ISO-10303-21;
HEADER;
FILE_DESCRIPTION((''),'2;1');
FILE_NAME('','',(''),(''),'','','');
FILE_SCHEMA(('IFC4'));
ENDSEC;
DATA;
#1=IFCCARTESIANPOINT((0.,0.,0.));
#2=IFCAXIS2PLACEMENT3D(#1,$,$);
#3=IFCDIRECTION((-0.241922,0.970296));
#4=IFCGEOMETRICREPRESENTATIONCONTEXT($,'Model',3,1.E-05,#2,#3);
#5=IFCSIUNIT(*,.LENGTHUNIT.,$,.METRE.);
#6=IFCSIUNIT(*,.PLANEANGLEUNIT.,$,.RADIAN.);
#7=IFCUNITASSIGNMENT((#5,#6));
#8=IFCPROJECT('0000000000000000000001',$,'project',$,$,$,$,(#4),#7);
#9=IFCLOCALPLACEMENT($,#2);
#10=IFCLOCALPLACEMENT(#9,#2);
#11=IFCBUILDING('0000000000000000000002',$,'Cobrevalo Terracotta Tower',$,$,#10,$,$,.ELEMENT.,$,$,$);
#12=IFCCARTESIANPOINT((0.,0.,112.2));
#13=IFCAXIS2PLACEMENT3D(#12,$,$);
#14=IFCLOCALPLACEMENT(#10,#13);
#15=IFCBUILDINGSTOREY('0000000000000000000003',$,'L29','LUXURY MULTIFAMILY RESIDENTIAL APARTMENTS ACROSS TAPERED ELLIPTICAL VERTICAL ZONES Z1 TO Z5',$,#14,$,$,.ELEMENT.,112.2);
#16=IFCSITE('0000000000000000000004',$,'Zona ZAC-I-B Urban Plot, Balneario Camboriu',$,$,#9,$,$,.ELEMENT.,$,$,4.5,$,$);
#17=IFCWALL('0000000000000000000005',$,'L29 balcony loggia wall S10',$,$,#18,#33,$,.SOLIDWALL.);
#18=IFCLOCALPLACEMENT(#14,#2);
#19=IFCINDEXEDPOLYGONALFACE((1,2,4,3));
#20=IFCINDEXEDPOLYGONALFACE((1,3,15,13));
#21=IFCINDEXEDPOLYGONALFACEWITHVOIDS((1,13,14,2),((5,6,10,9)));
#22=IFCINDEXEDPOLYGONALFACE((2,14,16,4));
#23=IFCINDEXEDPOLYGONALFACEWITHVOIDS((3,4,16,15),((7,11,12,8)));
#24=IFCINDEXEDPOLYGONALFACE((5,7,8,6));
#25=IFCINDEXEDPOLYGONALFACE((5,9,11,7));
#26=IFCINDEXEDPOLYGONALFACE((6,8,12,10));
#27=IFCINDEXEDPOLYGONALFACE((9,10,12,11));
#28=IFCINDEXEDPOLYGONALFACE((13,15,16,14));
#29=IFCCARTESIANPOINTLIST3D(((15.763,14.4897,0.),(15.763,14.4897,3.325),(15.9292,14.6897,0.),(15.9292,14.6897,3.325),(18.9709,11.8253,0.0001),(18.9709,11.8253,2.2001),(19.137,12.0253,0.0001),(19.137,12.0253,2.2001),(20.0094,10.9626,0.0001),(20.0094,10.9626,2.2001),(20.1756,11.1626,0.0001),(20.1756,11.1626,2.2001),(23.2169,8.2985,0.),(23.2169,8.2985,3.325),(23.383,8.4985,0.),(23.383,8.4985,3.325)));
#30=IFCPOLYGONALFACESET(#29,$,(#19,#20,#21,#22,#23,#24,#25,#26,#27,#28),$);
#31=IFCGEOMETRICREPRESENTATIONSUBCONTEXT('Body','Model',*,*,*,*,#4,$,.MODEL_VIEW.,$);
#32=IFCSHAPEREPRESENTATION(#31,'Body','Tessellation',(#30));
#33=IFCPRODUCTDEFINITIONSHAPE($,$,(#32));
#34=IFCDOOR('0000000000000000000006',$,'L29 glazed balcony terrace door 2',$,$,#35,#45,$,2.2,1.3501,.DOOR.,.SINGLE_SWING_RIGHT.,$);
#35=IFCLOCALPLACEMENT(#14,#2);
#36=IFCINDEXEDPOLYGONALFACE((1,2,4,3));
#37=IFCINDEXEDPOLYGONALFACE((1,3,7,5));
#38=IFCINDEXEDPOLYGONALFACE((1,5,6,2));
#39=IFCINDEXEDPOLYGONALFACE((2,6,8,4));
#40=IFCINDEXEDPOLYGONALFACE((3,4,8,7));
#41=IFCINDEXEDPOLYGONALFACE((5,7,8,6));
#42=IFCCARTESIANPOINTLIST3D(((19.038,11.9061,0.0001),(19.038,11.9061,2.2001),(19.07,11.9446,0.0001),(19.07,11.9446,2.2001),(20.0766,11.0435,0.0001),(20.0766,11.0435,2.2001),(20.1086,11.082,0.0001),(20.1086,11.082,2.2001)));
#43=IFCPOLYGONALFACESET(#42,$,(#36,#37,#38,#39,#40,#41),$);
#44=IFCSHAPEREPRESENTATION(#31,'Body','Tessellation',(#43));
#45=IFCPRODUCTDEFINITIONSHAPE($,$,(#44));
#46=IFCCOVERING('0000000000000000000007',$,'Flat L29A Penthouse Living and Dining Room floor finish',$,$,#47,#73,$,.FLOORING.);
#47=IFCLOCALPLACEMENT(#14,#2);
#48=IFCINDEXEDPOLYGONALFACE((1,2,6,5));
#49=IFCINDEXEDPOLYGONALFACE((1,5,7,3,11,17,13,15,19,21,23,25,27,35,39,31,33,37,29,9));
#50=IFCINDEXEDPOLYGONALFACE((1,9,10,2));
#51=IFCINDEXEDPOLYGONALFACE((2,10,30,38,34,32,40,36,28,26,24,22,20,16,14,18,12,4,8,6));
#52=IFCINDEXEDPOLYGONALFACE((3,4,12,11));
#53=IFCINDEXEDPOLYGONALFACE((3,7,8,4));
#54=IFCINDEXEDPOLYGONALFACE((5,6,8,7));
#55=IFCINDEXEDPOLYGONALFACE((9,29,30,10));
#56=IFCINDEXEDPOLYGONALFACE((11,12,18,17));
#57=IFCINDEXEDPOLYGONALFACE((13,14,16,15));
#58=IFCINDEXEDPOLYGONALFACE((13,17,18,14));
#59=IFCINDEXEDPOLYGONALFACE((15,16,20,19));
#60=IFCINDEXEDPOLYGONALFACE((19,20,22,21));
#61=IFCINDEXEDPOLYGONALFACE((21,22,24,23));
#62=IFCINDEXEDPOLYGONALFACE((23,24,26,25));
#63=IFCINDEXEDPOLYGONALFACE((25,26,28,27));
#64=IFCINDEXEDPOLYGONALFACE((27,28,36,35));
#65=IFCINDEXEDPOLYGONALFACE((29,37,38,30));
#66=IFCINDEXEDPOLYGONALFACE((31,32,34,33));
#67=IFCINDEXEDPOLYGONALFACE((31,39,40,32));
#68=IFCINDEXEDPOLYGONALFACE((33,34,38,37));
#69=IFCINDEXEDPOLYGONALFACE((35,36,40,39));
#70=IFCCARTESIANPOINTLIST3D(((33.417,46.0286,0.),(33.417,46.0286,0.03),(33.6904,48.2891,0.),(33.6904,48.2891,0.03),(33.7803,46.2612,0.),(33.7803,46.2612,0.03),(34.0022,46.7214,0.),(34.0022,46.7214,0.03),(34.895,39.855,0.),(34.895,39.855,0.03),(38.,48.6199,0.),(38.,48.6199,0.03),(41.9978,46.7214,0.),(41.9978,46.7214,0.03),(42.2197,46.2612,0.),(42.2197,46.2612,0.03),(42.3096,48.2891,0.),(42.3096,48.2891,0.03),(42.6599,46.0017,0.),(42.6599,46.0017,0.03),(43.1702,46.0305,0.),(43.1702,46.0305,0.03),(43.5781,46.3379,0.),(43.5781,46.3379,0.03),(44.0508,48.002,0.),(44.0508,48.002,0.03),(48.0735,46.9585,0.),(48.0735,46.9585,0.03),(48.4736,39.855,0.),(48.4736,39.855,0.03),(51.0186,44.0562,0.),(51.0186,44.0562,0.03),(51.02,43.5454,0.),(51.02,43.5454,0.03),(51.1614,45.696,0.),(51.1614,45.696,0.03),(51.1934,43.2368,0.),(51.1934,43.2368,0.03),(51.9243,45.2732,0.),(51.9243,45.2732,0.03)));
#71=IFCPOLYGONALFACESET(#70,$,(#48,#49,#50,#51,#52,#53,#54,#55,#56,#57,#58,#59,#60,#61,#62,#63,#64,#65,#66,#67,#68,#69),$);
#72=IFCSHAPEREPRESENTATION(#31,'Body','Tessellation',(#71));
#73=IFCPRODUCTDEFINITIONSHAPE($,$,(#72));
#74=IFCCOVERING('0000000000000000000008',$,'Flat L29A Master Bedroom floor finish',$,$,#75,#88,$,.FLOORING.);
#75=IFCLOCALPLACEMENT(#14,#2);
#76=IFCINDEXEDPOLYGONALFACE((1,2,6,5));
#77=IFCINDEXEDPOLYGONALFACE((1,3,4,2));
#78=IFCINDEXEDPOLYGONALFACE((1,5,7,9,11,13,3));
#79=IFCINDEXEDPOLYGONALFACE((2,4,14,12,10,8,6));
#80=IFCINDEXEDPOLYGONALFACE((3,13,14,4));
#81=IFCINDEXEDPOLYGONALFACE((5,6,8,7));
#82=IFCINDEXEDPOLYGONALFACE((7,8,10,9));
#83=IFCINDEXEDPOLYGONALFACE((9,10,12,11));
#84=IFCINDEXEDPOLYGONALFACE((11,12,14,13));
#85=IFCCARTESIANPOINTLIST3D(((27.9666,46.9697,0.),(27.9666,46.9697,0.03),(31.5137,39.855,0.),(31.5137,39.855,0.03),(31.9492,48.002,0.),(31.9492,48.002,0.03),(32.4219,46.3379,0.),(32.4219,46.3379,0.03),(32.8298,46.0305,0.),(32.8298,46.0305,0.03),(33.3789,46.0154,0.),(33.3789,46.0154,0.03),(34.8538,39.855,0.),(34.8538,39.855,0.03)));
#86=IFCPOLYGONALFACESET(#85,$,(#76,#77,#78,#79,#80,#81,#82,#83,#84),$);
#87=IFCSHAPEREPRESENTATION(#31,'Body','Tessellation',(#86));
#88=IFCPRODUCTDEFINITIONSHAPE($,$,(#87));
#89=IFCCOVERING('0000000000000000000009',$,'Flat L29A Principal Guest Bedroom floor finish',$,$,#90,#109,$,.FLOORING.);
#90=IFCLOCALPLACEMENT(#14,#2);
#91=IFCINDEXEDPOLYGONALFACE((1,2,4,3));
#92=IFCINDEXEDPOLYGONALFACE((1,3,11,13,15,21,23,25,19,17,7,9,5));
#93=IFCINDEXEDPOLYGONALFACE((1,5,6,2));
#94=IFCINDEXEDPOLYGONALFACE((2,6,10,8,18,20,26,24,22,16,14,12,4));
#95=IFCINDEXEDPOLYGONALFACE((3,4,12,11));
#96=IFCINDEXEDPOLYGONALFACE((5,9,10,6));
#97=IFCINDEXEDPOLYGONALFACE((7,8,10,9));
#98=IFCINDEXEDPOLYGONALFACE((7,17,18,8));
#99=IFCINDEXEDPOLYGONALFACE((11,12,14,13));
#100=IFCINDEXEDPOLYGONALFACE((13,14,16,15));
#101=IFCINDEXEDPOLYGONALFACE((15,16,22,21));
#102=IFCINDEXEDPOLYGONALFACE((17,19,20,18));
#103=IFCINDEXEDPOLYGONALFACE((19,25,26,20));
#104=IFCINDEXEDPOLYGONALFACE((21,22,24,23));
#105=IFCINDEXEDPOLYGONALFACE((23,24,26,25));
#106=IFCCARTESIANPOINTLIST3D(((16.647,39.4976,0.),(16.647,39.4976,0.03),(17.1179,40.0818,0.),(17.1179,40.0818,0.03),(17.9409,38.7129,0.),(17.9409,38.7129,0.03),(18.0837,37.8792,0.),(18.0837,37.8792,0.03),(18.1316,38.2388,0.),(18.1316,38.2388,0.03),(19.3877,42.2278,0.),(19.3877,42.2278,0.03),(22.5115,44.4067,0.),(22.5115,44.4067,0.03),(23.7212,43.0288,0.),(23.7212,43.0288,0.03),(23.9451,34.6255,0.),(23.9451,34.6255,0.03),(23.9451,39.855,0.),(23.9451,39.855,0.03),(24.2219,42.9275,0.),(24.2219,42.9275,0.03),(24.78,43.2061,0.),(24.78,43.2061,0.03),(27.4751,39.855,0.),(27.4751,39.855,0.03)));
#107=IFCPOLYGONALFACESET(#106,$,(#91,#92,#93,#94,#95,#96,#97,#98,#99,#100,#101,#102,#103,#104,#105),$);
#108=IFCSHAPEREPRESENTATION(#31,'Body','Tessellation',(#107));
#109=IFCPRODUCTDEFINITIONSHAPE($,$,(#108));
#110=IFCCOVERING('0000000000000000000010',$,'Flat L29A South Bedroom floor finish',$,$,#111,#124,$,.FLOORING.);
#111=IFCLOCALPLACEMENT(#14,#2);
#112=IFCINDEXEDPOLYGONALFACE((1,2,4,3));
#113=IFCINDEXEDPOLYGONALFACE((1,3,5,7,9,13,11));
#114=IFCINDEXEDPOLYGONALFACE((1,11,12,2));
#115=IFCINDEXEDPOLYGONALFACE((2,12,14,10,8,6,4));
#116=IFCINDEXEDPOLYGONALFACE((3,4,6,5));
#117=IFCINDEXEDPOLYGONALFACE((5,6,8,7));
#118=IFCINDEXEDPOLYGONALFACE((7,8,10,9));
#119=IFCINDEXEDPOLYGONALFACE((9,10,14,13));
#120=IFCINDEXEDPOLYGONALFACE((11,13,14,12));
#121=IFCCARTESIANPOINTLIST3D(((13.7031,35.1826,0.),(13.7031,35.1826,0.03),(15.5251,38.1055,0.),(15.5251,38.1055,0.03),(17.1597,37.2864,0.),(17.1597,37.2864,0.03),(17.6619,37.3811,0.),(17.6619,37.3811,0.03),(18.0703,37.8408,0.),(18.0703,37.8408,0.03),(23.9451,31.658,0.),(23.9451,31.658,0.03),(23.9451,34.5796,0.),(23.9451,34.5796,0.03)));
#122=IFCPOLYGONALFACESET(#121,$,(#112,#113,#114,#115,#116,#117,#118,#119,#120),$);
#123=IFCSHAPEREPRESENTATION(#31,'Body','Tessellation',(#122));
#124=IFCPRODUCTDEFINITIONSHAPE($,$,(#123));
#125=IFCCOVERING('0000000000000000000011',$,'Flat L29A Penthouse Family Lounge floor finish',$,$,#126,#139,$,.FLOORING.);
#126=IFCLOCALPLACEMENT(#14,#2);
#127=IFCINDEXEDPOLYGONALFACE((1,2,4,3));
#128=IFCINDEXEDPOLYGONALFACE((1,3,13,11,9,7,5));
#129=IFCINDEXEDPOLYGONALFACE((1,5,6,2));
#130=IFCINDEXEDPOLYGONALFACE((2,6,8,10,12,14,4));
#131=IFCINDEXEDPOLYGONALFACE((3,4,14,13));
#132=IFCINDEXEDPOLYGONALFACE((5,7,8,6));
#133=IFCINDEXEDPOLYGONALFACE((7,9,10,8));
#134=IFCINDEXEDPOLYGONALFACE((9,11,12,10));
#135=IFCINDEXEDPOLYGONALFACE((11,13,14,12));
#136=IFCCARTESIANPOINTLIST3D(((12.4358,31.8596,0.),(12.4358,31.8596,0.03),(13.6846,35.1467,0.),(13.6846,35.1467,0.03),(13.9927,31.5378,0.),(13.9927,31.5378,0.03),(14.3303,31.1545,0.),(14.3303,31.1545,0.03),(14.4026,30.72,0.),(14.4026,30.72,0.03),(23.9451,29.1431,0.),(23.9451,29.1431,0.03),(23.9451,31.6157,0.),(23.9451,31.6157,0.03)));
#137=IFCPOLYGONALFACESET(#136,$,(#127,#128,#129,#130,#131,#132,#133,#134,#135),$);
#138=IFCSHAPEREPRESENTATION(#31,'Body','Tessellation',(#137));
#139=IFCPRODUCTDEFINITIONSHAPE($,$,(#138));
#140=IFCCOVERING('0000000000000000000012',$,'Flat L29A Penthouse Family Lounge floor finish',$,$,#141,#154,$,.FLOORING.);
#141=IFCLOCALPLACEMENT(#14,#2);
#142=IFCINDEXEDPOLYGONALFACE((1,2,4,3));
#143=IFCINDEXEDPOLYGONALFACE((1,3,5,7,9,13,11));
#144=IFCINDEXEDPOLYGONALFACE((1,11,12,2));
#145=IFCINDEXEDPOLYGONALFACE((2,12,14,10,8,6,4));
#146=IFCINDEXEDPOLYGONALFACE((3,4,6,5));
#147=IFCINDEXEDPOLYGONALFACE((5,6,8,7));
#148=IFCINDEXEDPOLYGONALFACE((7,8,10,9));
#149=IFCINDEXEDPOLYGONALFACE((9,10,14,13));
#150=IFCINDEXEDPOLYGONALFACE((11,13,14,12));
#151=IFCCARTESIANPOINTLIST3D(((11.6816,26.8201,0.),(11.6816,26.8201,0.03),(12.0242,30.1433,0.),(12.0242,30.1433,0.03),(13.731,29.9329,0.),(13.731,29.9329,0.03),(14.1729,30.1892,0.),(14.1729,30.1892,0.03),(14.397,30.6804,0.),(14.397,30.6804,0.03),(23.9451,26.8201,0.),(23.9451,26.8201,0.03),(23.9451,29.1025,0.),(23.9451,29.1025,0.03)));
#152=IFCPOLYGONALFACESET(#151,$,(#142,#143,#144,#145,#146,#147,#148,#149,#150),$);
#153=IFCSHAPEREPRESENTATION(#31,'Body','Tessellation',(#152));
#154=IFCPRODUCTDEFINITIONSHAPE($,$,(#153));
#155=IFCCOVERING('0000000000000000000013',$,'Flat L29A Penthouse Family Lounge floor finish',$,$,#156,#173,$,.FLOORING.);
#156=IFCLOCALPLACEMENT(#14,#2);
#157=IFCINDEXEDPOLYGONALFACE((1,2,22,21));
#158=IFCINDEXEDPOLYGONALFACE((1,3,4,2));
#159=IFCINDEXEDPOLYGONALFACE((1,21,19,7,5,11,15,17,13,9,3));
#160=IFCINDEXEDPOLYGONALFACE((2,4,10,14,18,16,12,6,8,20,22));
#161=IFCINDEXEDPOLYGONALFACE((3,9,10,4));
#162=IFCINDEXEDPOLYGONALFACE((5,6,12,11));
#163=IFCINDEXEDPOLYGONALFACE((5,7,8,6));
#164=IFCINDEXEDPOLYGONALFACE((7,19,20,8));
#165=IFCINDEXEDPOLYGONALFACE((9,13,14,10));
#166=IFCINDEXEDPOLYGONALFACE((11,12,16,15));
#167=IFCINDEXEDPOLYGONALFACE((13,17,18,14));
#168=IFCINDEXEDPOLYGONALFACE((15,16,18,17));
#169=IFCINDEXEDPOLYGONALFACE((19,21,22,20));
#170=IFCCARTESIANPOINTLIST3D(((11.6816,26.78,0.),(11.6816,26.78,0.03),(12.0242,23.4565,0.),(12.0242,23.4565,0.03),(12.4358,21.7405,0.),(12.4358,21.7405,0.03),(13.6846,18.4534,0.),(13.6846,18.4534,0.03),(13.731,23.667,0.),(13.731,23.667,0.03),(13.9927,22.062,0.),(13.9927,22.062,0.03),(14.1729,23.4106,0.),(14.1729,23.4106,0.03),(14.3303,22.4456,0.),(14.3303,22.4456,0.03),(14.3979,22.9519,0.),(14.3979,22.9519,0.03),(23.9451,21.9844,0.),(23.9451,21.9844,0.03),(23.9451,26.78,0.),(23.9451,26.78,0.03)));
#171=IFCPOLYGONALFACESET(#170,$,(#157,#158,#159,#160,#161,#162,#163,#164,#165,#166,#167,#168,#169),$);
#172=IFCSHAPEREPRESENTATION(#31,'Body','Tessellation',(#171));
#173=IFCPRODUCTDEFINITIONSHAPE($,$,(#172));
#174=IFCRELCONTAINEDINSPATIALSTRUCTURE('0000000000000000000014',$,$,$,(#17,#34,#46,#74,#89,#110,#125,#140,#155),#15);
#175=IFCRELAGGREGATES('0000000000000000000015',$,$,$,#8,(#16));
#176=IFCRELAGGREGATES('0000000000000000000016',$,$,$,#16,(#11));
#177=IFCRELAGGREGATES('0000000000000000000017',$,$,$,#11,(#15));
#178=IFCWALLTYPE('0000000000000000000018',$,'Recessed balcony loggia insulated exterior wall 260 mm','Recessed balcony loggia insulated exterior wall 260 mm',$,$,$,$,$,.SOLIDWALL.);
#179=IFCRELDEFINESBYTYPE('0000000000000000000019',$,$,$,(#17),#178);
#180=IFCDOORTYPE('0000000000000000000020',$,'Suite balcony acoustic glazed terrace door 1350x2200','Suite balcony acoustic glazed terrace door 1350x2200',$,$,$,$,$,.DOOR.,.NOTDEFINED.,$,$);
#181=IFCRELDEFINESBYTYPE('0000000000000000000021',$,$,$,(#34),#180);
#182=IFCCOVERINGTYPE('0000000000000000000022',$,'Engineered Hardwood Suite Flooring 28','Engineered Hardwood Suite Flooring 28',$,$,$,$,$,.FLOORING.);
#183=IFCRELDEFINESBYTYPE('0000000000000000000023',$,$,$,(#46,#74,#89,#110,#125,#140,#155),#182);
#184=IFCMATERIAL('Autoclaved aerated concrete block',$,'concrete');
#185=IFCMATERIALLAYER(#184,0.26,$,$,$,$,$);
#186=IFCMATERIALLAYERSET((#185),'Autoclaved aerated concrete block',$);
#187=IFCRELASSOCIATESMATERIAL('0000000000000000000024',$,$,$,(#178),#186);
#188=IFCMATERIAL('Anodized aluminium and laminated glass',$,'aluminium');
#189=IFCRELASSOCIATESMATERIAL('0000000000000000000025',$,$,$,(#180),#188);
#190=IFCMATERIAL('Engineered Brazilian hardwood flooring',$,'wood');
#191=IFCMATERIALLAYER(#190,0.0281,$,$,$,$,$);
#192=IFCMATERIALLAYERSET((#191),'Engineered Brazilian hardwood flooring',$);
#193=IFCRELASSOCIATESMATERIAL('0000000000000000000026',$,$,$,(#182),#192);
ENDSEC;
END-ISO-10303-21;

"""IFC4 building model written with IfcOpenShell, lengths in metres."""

from ifc_helpers import new_model, si_unit, direction, frame, frame_2d, origin, place, context, subcontext, project, spatial, polyline, rectangle, outline, extrude, source, transform, mapped, material, layer, layer_set, type_object, element, fill, save


model = new_model("IFC4")

# Units and contexts
model_context = context("Model", 3, precision=1e-05, world=origin(), true_north=direction((-0.241922, 0.970296)))
body_context = subcontext(model_context, "Body", "Model", "MODEL_VIEW")
ifc_project = project(units=[si_unit("LENGTHUNIT", "METRE"), si_unit("PLANEANGLEUNIT", "RADIAN")], contexts=[model_context])

# Site, building, storey
site_placement = place(None, origin())
site = spatial("IfcSite", under=ifc_project, at=site_placement, Name="Zona ZAC-I-B Urban Plot, Balneario Camboriu", CompositionType="ELEMENT", RefElevation=4.5)
building_placement = place(site_placement, origin())
building = spatial("IfcBuilding", under=site, at=building_placement, Name="Cobrevalo Terracotta Tower", CompositionType="ELEMENT")
storey_placement = place(building_placement, frame((0.0, 0.0, 112.2)))
storey = spatial("IfcBuildingStorey", under=building, at=storey_placement, Name="L29", Description="LUXURY MULTIFAMILY RESIDENTIAL APARTMENTS ACROSS TAPERED ELLIPTICAL VERTICAL ZONES Z1 TO Z5", CompositionType="ELEMENT", Elevation=112.2)

# Wall, opening, door
ifc_material_1 = material(Name="Autoclaved aerated concrete block", Category="concrete")
ifc_layer_1 = layer(ifc_material_1, 0.26)
ifc_layer_set_1 = layer_set([ifc_layer_1], Name="Autoclaved aerated concrete block")
wall_type = type_object("IfcWallType", Name="Recessed balcony loggia insulated exterior wall 260 mm", Description="Recessed balcony loggia insulated exterior wall 260 mm", PredefinedType="SOLIDWALL", material=ifc_layer_set_1)
wall_placement = place(storey_placement, frame((15.8462, 14.5896, 0.0), z_axis=(0.0, 0.0, 1.0), x_axis=(0.769255, -0.638942, 0.0)))
wall = element("IfcWall", 1, at=wall_placement, inside=storey, type_object=wall_type, Name="L29 balcony loggia wall S10", PredefinedType="SOLIDWALL", context=body_context, shape_type="SweptSolid", body=[
    extrude(rectangle(XDim=9.6897, YDim=0.26, at=frame_2d((4.8447, 0.0))), origin(), (0.0, 0.0, 1.0), 3.325),
])
opening_placement = place(wall_placement, frame((4.1699, 0.0, 0.0)))
opening = element("IfcOpeningElement", 2, at=opening_placement, cuts=wall, PredefinedType="OPENING", context=body_context, shape_type="SweptSolid", body=[
    extrude(rectangle(XDim=1.3501, YDim=2.2, at=frame_2d((0.675, 1.1001))), frame((0.0, 0.1401, 0.0), z_axis=(0.0, -1.0, 0.0), x_axis=(1.0, 0.0, 0.0)), (0.0, 0.0, 1.0), 0.28),
])
ifc_material_2 = material(Name="Anodized aluminium and laminated glass", Category="aluminium")
door_type = type_object("IfcDoorType", Name="Suite balcony acoustic glazed terrace door 1350x2200", Description="Suite balcony acoustic glazed terrace door 1350x2200", OperationType="NOTDEFINED", PredefinedType="DOOR", material=ifc_material_2)
shared_shape_1 = source(origin(), body_context, "Body", "SweptSolid", [
    extrude(rectangle(XDim=1.3501, YDim=2.2, at=frame_2d((0.675, 1.1001))), frame((0.0, 0.0249, 0.0), z_axis=(0.0, -1.0, 0.0), x_axis=(1.0, 0.0, 0.0)), (0.0, 0.0, 1.0), 0.05),
])
door_placement = place(opening_placement, frame((1.3501, 0.0, 0.0), z_axis=(0.0, 0.0, 1.0), x_axis=(-1.0, 0.0, 0.0)))
door = element("IfcDoor", 3, at=door_placement, inside=storey, type_object=door_type, Name="L29 glazed balcony terrace door 2", OperationType="SINGLE_SWING_RIGHT", OverallHeight=2.2, OverallWidth=1.3501, PredefinedType="DOOR", context=body_context, shape_type="MappedRepresentation", body=[
    mapped(shared_shape_1, transform((0.0, 0.0, 0.0), scale=1.0)),
])
fill(opening, door)

# Coverings
ifc_material_3 = material(Name="Engineered Brazilian hardwood flooring", Category="wood")
ifc_layer_2 = layer(ifc_material_3, 0.0281)
ifc_layer_set_2 = layer_set([ifc_layer_2], Name="Engineered Brazilian hardwood flooring")
covering_type_1 = type_object("IfcCoveringType", Name="Engineered Hardwood Suite Flooring 28", Description="Engineered Hardwood Suite Flooring 28", PredefinedType="FLOORING", material=ifc_layer_set_2)
covering_1_placement = place(storey_placement, origin())
element("IfcCovering", 4, at=covering_1_placement, inside=storey, type_object=covering_type_1, Name="Flat L29A Penthouse Living and Dining Room floor finish", PredefinedType="FLOORING", context=body_context, shape_type="SweptSolid", body=[
    extrude(outline(polyline([(38.0, 48.6199), (42.3096, 48.2891), (41.9978, 46.7214), (42.2197, 46.2612), (42.6599, 46.0017), (43.1702, 46.0305), (43.5781, 46.3379), (44.0508, 48.002), (48.0735, 46.9585), (51.1614, 45.696), (51.9243, 45.2732), (51.0186, 44.0562), (51.02, 43.5454), (51.1934, 43.2368), (48.4736, 39.855), (34.895, 39.855), (33.417, 46.0286), (33.7803, 46.2612), (34.0022, 46.7214), (33.6904, 48.2891), (38.0, 48.6199)])), origin(), (0.0, 0.0, 1.0), 0.03),
])
covering_2_placement = place(storey_placement, origin())
element("IfcCovering", 5, at=covering_2_placement, inside=storey, type_object=covering_type_1, Name="Flat L29A Master Bedroom floor finish", PredefinedType="FLOORING", context=body_context, shape_type="SweptSolid", body=[
    extrude(outline(polyline([(31.9492, 48.002), (32.4219, 46.3379), (32.8298, 46.0305), (33.3789, 46.0154), (34.8538, 39.855), (31.5137, 39.855), (27.9666, 46.9697), (31.9492, 48.002)])), origin(), (0.0, 0.0, 1.0), 0.03),
])
covering_3_placement = place(storey_placement, origin())
element("IfcCovering", 6, at=covering_3_placement, inside=storey, type_object=covering_type_1, Name="Flat L29A Principal Guest Bedroom floor finish", PredefinedType="FLOORING", context=body_context, shape_type="SweptSolid", body=[
    extrude(outline(polyline([(19.3877, 42.2278), (22.5115, 44.4067), (23.7212, 43.0288), (24.2219, 42.9275), (24.78, 43.2061), (27.4751, 39.855), (23.9451, 39.855), (23.9451, 34.6255), (18.0837, 37.8792), (18.1316, 38.2388), (17.9409, 38.7129), (16.647, 39.4976), (17.1179, 40.0818), (19.3877, 42.2278)])), origin(), (0.0, 0.0, 1.0), 0.03),
])
covering_4_placement = place(storey_placement, origin())
element("IfcCovering", 7, at=covering_4_placement, inside=storey, type_object=covering_type_1, Name="Flat L29A South Bedroom floor finish", PredefinedType="FLOORING", context=body_context, shape_type="SweptSolid", body=[
    extrude(outline(polyline([(15.5251, 38.1055), (17.1597, 37.2864), (17.6619, 37.3811), (18.0703, 37.8408), (23.9451, 34.5796), (23.9451, 31.658), (13.7031, 35.1826), (15.5251, 38.1055)])), origin(), (0.0, 0.0, 1.0), 0.03),
])
covering_5_placement = place(storey_placement, origin())
element("IfcCovering", 8, at=covering_5_placement, inside=storey, type_object=covering_type_1, Name="Flat L29A Penthouse Family Lounge floor finish", PredefinedType="FLOORING", context=body_context, shape_type="SweptSolid", body=[
    extrude(outline(polyline([(13.6846, 35.1467), (23.9451, 31.6157), (23.9451, 29.1431), (14.4026, 30.72), (14.3303, 31.1545), (13.9927, 31.5378), (12.4358, 31.8596), (13.6846, 35.1467)])), origin(), (0.0, 0.0, 1.0), 0.03),
])
covering_6_placement = place(storey_placement, origin())
element("IfcCovering", 9, at=covering_6_placement, inside=storey, type_object=covering_type_1, Name="Flat L29A Penthouse Family Lounge floor finish", PredefinedType="FLOORING", context=body_context, shape_type="SweptSolid", body=[
    extrude(outline(polyline([(12.0242, 30.1433), (13.731, 29.9329), (14.1729, 30.1892), (14.397, 30.6804), (23.9451, 29.1025), (23.9451, 26.8201), (11.6816, 26.8201), (12.0242, 30.1433)])), origin(), (0.0, 0.0, 1.0), 0.03),
])
covering_7_placement = place(storey_placement, origin())
element("IfcCovering", 10, at=covering_7_placement, inside=storey, type_object=covering_type_1, Name="Flat L29A Penthouse Family Lounge floor finish", PredefinedType="FLOORING", context=body_context, shape_type="SweptSolid", body=[
    extrude(outline(polyline([(13.6846, 18.4534), (12.4358, 21.7405), (13.9927, 22.062), (14.3303, 22.4456), (14.3979, 22.9519), (14.1729, 23.4106), (13.731, 23.667), (12.0242, 23.4565), (11.6816, 26.78), (23.9451, 26.78), (23.9451, 21.9844), (13.6846, 18.4534)])), origin(), (0.0, 0.0, 1.0), 0.03),
])

save(model, "model.ifc")
